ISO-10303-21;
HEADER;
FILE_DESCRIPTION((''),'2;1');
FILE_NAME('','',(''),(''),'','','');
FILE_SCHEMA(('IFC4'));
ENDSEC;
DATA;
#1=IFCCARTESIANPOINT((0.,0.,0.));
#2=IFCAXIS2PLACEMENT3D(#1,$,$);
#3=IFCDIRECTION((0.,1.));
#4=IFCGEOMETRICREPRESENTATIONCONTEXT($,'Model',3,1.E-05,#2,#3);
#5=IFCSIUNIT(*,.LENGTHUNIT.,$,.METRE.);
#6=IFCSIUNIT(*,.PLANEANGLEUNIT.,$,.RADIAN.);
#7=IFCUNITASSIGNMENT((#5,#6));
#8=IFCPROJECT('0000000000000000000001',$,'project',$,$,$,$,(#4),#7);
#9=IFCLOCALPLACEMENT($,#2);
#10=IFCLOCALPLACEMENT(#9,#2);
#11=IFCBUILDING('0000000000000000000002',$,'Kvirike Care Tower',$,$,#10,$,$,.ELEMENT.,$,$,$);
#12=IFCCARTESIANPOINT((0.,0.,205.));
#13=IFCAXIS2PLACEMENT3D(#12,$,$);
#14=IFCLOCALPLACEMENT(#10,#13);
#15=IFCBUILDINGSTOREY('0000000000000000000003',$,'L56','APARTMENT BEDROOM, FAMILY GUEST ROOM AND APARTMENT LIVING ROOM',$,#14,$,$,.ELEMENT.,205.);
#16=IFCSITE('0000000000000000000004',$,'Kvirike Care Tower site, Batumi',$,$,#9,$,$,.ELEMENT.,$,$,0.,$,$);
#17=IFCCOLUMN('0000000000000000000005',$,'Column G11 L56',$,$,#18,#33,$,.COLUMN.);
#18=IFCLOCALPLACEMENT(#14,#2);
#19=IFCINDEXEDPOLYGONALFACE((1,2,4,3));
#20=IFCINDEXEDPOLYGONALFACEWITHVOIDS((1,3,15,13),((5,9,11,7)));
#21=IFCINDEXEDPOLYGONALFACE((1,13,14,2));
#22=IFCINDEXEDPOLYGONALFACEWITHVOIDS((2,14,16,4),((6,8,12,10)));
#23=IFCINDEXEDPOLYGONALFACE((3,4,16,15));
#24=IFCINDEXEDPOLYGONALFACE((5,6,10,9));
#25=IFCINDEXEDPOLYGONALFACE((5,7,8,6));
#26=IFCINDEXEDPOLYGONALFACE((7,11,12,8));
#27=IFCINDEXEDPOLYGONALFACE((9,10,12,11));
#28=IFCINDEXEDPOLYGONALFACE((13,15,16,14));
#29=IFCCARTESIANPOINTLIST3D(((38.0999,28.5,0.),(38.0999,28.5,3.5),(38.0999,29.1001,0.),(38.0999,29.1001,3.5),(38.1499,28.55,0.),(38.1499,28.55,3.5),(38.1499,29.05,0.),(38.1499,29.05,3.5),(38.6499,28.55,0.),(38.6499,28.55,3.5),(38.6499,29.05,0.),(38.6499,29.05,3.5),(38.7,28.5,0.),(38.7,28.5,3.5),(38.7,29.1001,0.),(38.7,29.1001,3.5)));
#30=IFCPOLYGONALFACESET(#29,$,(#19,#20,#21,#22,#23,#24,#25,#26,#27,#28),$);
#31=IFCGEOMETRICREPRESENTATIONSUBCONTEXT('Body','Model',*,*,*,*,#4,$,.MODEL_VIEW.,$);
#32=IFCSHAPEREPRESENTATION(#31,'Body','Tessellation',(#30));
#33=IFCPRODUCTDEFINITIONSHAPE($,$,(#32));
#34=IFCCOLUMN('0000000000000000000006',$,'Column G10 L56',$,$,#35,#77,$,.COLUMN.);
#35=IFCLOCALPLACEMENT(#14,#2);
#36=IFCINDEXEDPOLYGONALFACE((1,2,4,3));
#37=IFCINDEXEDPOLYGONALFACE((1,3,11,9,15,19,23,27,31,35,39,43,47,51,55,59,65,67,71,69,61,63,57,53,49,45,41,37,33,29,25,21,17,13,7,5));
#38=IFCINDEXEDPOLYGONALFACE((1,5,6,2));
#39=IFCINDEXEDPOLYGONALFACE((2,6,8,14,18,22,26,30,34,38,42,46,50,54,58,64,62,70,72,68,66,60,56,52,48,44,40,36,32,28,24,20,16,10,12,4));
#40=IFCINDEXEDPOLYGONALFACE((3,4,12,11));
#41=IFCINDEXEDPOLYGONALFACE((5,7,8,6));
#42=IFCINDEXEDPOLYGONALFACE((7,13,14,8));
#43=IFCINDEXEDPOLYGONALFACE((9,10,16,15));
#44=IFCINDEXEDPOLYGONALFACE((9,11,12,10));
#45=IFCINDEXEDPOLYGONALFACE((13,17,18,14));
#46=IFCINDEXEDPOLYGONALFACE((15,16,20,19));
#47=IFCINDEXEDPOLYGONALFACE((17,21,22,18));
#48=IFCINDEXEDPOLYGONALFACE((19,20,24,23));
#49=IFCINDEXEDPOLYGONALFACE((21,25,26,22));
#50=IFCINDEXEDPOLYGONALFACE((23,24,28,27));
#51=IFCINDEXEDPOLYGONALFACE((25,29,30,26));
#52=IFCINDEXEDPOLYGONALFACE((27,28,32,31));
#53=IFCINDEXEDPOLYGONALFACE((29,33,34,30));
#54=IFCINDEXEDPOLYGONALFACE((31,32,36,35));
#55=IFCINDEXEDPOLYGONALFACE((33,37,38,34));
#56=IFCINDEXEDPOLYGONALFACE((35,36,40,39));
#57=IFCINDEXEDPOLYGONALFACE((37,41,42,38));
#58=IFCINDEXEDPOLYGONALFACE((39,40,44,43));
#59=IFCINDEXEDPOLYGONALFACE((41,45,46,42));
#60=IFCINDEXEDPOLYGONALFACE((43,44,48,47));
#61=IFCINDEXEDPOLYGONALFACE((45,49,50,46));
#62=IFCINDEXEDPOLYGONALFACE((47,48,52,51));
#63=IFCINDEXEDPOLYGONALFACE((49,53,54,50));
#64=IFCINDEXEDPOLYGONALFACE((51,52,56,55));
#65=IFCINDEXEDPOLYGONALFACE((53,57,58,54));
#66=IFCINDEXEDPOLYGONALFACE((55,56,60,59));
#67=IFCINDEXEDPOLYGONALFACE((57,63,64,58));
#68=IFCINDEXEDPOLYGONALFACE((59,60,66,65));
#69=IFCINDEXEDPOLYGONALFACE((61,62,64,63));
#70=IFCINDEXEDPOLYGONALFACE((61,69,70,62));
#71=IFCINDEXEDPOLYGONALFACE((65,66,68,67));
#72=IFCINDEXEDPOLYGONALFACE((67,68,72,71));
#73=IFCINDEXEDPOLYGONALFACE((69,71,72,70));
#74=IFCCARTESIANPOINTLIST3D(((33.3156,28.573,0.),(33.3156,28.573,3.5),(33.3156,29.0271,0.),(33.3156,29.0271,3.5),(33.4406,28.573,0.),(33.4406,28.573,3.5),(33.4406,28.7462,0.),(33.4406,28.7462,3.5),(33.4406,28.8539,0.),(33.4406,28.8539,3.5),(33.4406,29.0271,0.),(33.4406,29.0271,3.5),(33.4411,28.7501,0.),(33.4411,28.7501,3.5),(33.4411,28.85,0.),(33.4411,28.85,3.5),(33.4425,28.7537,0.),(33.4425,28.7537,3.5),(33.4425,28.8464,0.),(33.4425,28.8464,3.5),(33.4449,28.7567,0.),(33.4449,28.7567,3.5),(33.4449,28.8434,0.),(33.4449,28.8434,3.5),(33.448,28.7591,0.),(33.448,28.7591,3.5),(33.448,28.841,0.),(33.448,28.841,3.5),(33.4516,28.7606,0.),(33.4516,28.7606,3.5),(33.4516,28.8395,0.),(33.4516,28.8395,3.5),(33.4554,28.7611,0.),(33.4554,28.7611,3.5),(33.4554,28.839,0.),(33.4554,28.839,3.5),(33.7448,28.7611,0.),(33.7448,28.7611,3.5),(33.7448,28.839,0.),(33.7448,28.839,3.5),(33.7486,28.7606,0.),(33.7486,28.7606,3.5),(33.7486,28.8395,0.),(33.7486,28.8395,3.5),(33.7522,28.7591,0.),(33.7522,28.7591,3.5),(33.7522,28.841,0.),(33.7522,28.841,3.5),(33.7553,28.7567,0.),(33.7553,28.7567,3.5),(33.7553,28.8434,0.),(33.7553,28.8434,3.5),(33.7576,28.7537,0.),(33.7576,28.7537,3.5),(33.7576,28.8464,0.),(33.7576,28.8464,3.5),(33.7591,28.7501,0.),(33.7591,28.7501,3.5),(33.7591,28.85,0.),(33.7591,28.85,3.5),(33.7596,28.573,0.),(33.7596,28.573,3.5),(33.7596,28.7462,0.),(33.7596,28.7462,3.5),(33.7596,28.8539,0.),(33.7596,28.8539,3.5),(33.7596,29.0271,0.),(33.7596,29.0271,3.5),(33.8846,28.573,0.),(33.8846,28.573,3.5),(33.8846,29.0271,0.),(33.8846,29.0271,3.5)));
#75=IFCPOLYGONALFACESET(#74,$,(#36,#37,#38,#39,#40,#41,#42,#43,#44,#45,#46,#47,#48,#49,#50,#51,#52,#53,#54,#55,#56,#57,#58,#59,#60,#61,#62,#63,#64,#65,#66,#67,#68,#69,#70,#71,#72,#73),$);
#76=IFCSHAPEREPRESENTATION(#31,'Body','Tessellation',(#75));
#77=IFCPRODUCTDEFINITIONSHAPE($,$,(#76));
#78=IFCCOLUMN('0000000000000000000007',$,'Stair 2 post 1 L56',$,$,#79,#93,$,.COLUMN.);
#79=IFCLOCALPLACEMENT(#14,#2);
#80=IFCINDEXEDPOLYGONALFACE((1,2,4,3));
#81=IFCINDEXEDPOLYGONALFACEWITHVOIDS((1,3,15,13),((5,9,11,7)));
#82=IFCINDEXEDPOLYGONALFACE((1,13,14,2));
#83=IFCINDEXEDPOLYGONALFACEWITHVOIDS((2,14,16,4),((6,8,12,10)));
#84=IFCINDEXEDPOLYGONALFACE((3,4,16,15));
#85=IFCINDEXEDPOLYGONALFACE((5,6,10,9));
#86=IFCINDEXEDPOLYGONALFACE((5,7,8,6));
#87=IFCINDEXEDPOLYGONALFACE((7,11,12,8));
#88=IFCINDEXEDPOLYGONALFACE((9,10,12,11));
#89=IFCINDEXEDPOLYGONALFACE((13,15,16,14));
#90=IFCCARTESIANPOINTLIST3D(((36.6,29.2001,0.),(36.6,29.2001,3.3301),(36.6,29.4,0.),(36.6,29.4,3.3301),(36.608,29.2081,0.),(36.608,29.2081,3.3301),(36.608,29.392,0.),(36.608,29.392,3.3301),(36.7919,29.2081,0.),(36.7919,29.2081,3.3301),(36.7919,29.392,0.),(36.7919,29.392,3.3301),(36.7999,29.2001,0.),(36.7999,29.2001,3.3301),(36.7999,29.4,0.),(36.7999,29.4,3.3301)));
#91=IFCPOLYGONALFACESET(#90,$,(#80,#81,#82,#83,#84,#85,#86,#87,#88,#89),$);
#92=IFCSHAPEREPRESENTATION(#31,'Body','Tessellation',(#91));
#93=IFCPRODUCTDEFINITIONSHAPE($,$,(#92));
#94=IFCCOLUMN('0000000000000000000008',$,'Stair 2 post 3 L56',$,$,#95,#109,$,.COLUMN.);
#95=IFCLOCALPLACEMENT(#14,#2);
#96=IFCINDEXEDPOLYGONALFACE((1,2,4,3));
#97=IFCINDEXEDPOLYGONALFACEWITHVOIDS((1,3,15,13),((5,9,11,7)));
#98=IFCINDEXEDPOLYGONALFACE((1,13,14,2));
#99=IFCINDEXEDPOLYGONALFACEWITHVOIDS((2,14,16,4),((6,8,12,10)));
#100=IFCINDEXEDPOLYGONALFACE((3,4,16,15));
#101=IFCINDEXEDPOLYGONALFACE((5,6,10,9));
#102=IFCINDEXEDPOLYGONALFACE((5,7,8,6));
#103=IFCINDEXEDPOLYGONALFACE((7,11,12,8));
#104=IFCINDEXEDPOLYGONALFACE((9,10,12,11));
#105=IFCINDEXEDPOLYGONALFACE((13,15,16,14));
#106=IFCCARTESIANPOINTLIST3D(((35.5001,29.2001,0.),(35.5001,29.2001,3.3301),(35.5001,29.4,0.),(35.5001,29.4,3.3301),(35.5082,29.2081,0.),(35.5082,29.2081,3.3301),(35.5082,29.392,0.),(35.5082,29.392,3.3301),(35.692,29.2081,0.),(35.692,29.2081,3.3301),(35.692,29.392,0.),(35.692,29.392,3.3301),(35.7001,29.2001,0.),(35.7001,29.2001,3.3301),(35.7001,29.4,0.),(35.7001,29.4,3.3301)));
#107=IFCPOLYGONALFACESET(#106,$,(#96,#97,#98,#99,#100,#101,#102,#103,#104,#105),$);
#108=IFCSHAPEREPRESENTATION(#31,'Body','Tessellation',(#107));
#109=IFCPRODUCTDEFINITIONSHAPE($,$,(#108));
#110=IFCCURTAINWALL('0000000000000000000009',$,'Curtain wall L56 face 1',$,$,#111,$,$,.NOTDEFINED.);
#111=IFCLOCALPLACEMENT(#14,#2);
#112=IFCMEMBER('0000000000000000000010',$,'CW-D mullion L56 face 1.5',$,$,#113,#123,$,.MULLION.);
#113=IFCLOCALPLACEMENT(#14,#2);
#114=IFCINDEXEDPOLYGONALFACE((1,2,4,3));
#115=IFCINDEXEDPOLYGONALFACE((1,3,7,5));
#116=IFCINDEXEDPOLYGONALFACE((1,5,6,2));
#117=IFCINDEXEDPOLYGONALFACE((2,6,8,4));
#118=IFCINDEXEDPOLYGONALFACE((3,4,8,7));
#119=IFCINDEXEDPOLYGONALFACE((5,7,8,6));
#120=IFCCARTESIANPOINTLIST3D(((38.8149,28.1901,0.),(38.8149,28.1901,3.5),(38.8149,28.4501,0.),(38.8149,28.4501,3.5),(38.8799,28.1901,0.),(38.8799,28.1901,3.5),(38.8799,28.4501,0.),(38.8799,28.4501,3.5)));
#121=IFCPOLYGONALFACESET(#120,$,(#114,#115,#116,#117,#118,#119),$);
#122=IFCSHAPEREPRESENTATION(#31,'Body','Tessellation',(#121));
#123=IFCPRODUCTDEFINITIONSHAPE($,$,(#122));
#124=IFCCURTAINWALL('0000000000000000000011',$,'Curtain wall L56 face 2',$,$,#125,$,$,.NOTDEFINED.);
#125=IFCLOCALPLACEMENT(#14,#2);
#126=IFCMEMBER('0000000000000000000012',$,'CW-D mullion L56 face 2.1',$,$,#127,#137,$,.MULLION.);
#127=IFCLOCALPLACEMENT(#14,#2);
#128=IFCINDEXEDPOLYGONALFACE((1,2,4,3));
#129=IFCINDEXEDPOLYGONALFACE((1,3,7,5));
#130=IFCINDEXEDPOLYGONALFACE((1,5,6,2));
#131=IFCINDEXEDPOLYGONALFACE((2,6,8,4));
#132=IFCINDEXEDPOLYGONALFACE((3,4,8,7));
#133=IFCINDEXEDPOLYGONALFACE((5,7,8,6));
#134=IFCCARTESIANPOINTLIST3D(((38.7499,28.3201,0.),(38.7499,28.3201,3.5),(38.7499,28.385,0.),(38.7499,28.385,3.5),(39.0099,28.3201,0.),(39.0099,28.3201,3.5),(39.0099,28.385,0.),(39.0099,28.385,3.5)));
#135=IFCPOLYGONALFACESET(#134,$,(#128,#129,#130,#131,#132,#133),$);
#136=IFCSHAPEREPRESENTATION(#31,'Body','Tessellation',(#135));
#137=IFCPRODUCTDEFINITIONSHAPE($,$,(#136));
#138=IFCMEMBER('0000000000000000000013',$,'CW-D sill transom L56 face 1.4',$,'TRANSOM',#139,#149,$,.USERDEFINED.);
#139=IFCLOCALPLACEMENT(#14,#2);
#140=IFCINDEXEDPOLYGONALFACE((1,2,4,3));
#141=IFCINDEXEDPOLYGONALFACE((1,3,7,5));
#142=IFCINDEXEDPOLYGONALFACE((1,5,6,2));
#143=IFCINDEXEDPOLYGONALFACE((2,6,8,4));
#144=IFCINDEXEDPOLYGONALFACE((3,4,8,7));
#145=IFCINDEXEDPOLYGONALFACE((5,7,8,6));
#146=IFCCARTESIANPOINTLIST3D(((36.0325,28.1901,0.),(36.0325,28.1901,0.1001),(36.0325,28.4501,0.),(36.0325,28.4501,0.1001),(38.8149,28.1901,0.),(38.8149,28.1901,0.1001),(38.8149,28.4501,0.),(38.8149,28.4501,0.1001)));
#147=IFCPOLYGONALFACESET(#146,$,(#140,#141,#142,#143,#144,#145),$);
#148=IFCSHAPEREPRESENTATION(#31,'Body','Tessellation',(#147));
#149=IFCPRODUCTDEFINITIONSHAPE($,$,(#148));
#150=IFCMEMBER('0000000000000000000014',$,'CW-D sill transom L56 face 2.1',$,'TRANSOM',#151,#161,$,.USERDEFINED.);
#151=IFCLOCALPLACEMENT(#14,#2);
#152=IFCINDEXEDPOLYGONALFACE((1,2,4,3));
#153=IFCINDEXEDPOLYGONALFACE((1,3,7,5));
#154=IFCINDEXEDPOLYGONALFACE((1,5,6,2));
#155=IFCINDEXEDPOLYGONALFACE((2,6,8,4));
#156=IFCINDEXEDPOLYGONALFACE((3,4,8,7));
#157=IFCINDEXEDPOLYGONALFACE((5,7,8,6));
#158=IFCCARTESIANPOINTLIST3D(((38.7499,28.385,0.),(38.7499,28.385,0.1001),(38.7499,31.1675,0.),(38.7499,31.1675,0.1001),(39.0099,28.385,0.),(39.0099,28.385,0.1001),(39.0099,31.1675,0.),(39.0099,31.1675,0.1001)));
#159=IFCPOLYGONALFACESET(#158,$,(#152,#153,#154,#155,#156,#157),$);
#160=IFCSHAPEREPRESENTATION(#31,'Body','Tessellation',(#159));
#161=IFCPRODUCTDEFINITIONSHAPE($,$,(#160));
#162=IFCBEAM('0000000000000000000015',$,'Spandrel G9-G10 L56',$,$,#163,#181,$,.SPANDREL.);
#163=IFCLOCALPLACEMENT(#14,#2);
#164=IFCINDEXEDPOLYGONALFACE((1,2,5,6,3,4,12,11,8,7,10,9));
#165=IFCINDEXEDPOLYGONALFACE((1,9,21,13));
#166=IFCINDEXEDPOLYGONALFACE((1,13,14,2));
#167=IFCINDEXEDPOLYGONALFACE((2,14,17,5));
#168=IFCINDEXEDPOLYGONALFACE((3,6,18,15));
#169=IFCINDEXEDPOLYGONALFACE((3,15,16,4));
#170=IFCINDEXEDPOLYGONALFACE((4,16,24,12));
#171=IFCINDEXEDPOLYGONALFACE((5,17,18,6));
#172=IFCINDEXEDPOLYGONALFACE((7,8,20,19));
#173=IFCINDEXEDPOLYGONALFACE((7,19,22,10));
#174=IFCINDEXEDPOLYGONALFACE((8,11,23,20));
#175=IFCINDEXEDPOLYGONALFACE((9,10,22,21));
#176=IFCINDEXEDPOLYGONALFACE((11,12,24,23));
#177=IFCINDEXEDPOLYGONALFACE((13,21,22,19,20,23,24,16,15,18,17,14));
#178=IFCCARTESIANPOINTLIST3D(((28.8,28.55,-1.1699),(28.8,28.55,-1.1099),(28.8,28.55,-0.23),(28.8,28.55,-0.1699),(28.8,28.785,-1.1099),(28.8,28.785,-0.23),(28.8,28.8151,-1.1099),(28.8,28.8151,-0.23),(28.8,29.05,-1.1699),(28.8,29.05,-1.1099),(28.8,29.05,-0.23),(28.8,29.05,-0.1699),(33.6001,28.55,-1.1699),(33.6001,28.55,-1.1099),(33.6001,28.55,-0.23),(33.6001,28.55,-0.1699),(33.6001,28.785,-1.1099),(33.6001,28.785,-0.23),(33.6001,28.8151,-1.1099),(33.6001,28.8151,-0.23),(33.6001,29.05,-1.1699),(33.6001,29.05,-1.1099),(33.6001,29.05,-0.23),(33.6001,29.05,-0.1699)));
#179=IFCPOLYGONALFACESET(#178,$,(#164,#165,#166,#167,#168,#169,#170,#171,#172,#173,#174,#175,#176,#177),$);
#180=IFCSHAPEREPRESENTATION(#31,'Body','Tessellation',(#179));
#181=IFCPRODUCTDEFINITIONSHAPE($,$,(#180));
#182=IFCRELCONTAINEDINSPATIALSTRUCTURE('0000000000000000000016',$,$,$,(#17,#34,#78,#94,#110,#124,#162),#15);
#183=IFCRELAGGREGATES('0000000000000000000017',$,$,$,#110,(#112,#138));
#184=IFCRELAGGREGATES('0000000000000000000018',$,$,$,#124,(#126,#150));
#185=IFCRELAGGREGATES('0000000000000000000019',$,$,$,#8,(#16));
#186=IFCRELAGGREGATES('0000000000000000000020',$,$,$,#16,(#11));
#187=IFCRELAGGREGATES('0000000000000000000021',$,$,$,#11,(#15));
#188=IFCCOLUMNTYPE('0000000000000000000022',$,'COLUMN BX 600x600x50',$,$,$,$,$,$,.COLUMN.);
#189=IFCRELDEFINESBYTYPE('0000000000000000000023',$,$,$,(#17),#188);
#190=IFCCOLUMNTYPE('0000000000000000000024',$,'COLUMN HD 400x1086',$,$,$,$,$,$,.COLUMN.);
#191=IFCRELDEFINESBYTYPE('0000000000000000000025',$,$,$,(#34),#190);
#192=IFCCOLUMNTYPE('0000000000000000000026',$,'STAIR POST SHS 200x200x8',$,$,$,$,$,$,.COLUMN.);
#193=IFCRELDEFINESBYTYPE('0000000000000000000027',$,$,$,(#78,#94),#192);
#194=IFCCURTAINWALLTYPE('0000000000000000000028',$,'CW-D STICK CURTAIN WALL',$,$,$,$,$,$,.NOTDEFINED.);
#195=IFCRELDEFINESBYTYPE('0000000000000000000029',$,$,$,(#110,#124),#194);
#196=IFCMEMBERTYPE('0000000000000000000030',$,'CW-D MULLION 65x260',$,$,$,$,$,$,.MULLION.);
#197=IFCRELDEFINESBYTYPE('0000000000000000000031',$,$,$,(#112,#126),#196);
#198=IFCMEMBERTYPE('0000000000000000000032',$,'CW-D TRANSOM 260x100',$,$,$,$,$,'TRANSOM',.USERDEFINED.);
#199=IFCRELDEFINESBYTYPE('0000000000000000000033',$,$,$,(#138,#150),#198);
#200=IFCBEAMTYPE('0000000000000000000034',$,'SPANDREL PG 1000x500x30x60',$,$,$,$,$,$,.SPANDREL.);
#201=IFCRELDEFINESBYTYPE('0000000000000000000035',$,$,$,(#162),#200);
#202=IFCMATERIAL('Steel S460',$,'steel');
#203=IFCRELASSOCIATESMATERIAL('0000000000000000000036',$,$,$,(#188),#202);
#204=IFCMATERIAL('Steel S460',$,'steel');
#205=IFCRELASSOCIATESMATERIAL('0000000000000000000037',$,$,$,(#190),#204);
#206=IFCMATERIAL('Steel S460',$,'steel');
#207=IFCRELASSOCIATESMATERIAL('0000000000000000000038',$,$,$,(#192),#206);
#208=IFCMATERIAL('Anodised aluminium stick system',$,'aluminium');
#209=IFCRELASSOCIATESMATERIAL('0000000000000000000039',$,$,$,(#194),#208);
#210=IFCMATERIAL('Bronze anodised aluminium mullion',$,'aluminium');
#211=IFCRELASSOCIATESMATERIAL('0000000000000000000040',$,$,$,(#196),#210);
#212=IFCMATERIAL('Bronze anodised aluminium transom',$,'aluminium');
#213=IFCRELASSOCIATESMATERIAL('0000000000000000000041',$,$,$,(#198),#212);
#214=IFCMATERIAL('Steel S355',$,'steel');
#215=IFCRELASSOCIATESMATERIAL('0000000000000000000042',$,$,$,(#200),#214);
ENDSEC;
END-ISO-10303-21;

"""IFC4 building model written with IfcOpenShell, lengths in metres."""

from ifc_helpers import new_model, si_unit, direction, frame, origin, origin_2d, place, context, subcontext, project, spatial, rectangle, hollow_rectangle, i_section, extrude, material, material_profile, profile_set, type_object, element, aggregate, save


model = new_model("IFC4")

# Units and contexts
model_context = context("Model", 3, precision=1e-05, world=origin(), true_north=direction((0.0, 1.0)))
body_context = subcontext(model_context, "Body", "Model", "MODEL_VIEW")
ifc_project = project(units=[si_unit("LENGTHUNIT", "METRE"), si_unit("PLANEANGLEUNIT", "RADIAN")], contexts=[model_context])

# Site, building, storey
site_placement = place(None, origin())
site = spatial("IfcSite", under=ifc_project, at=site_placement, Name="Kvirike Care Tower site, Batumi", CompositionType="ELEMENT", RefElevation=0.0)
building_placement = place(site_placement, origin())
building = spatial("IfcBuilding", under=site, at=building_placement, Name="Kvirike Care Tower", CompositionType="ELEMENT")
storey_placement = place(building_placement, frame((0.0, 0.0, 205.0)))
storey = spatial("IfcBuildingStorey", under=building, at=storey_placement, Name="L56", Description="APARTMENT BEDROOM, FAMILY GUEST ROOM AND APARTMENT LIVING ROOM", CompositionType="ELEMENT", Elevation=205.0)

# Columns
ifc_material_1 = material(Name="Steel S460", Category="steel")
ifc_material_profile_1 = material_profile(ifc_material_1, hollow_rectangle(XDim=0.6001, YDim=0.6001, WallThickness=0.05, at=origin_2d()), Name="BX 600x600x50")
ifc_profile_set_1 = profile_set([ifc_material_profile_1], Name="Steel S460")
column_type_1 = type_object("IfcColumnType", Name="COLUMN BX 600x600x50", PredefinedType="COLUMN", material=ifc_profile_set_1)
column_1_placement = place(storey_placement, frame((38.3999, 28.8, 0.0), z_axis=(0.0, 0.0, 1.0), x_axis=(0.0, 1.0, 0.0)))
element("IfcColumn", 1, at=column_1_placement, inside=storey, type_object=column_type_1, Name="Column G11 L56", PredefinedType="COLUMN", context=body_context, shape_type="SweptSolid", body=[
    extrude(hollow_rectangle(XDim=0.6001, YDim=0.6001, WallThickness=0.05, at=origin_2d()), origin(), (0.0, 0.0, 1.0), 3.5),
])
ifc_material_2 = material(Name="Steel S460", Category="steel")
ifc_material_profile_2 = material_profile(ifc_material_2, i_section(OverallWidth=0.4541, OverallDepth=0.5691, WebThickness=0.0779, FlangeThickness=0.125, FilletRadius=0.0149, at=origin_2d()), Name="HD 400x1086")
ifc_profile_set_2 = profile_set([ifc_material_profile_2], Name="Steel S460")
column_type_2 = type_object("IfcColumnType", Name="COLUMN HD 400x1086", PredefinedType="COLUMN", material=ifc_profile_set_2)
column_2_placement = place(storey_placement, frame((33.6001, 28.8, 0.0), z_axis=(0.0, 0.0, 1.0), x_axis=(0.0, 1.0, 0.0)))
element("IfcColumn", 2, at=column_2_placement, inside=storey, type_object=column_type_2, Name="Column G10 L56", PredefinedType="COLUMN", context=body_context, shape_type="SweptSolid", body=[
    extrude(i_section(OverallWidth=0.4541, OverallDepth=0.5691, WebThickness=0.0779, FlangeThickness=0.125, FilletRadius=0.0149, at=origin_2d()), origin(), (0.0, 0.0, 1.0), 3.5),
])
ifc_material_3 = material(Name="Steel S460", Category="steel")
ifc_material_profile_3 = material_profile(ifc_material_3, hollow_rectangle(XDim=0.2, YDim=0.2, WallThickness=0.0081, at=origin_2d()), Name="SHS 200x200x8")
ifc_profile_set_3 = profile_set([ifc_material_profile_3], Name="Steel S460")
column_type_3 = type_object("IfcColumnType", Name="STAIR POST SHS 200x200x8", PredefinedType="COLUMN", material=ifc_profile_set_3)
for number, where, z_axis, x_axis, name in (
    (3, (36.7, 29.3, 0.0), (0.0, 0.0, 1.0), (1.0, 0.0, 0.0), "Stair 2 post 1 L56"),
    (4, (35.6001, 29.3, 0.0), (0.0, 0.0, 1.0), (1.0, 0.0, 0.0), "Stair 2 post 3 L56"),
):
    element("IfcColumn", number, at=place(storey_placement, frame(where, z_axis=z_axis, x_axis=x_axis)), inside=storey, type_object=column_type_3, Name=name, PredefinedType="COLUMN", context=body_context, shape_type="SweptSolid", body=[
        extrude(hollow_rectangle(XDim=0.2, YDim=0.2, WallThickness=0.0081, at=origin_2d()), origin(), (0.0, 0.0, 1.0), 3.3301),
    ])

# Curtain walls, members
ifc_material_4 = material(Name="Anodised aluminium stick system", Category="aluminium")
curtain_wall_type = type_object("IfcCurtainWallType", Name="CW-D STICK CURTAIN WALL", PredefinedType="NOTDEFINED", material=ifc_material_4)
curtain_wall_1_placement = place(storey_placement, origin())
curtain_wall_1 = element("IfcCurtainWall", 5, at=curtain_wall_1_placement, inside=storey, type_object=curtain_wall_type, Name="Curtain wall L56 face 1", PredefinedType="NOTDEFINED")
ifc_material_5 = material(Name="Bronze anodised aluminium mullion", Category="aluminium")
ifc_material_profile_4 = material_profile(ifc_material_5, rectangle(XDim=0.0649, YDim=0.26, at=origin_2d()), Name="CW-D MULLION 65x260")
ifc_profile_set_4 = profile_set([ifc_material_profile_4], Name="Bronze anodised aluminium mullion")
member_type_1 = type_object("IfcMemberType", Name="CW-D MULLION 65x260", PredefinedType="MULLION", material=ifc_profile_set_4)
member_1_placement = place(storey_placement, frame((38.8474, 28.3201, 0.0), z_axis=(0.0, 0.0, 1.0), x_axis=(1.0, 0.0, 0.0)))
member_1 = element("IfcMember", 6, at=member_1_placement, type_object=member_type_1, Name="CW-D mullion L56 face 1.5", PredefinedType="MULLION", context=body_context, shape_type="SweptSolid", body=[
    extrude(rectangle(XDim=0.0649, YDim=0.26, at=origin_2d()), origin(), (0.0, 0.0, 1.0), 3.5),
])
curtain_wall_2_placement = place(storey_placement, origin())
curtain_wall_2 = element("IfcCurtainWall", 7, at=curtain_wall_2_placement, inside=storey, type_object=curtain_wall_type, Name="Curtain wall L56 face 2", PredefinedType="NOTDEFINED")
member_2_placement = place(storey_placement, frame((38.8799, 28.3525, 0.0), z_axis=(0.0, 0.0, 1.0), x_axis=(0.0, 1.0, 0.0)))
member_2 = element("IfcMember", 8, at=member_2_placement, type_object=member_type_1, Name="CW-D mullion L56 face 2.1", PredefinedType="MULLION", context=body_context, shape_type="SweptSolid", body=[
    extrude(rectangle(XDim=0.0649, YDim=0.26, at=origin_2d()), origin(), (0.0, 0.0, 1.0), 3.5),
])

# Members
ifc_material_6 = material(Name="Bronze anodised aluminium transom", Category="aluminium")
ifc_material_profile_5 = material_profile(ifc_material_6, rectangle(XDim=0.26, YDim=0.1001, at=origin_2d()), Name="CW-D TRANSOM 260x100")
ifc_profile_set_5 = profile_set([ifc_material_profile_5], Name="Bronze anodised aluminium transom")
member_type_2 = type_object("IfcMemberType", Name="CW-D TRANSOM 260x100", ElementType="TRANSOM", PredefinedType="USERDEFINED", material=ifc_profile_set_5)
member_3_placement = place(storey_placement, frame((36.0325, 28.3201, 0.05), z_axis=(1.0, 0.0, 0.0), x_axis=(0.0, 1.0, 0.0)))
member_3 = element("IfcMember", 9, at=member_3_placement, type_object=member_type_2, Name="CW-D sill transom L56 face 1.4", ObjectType="TRANSOM", PredefinedType="USERDEFINED", context=body_context, shape_type="SweptSolid", body=[
    extrude(rectangle(XDim=0.26, YDim=0.1001, at=origin_2d()), origin(), (0.0, 0.0, 1.0), 2.7825),
])
member_4_placement = place(storey_placement, frame((38.8799, 28.385, 0.05), z_axis=(0.0, 1.0, 0.0), x_axis=(-1.0, 0.0, 0.0)))
member_4 = element("IfcMember", 10, at=member_4_placement, type_object=member_type_2, Name="CW-D sill transom L56 face 2.1", ObjectType="TRANSOM", PredefinedType="USERDEFINED", context=body_context, shape_type="SweptSolid", body=[
    extrude(rectangle(XDim=0.26, YDim=0.1001, at=origin_2d()), origin(), (0.0, 0.0, 1.0), 2.7825),
])

# Beam
ifc_material_7 = material(Name="Steel S355", Category="steel")
ifc_material_profile_6 = material_profile(ifc_material_7, i_section(OverallWidth=0.5, OverallDepth=1.0, WebThickness=0.03, FlangeThickness=0.0601, at=origin_2d()), Name="PG 1000x500x30x60")
ifc_profile_set_6 = profile_set([ifc_material_profile_6], Name="Steel S355")
beam_type_1 = type_object("IfcBeamType", Name="SPANDREL PG 1000x500x30x60", PredefinedType="SPANDREL", material=ifc_profile_set_6)
beam_1_placement = place(storey_placement, frame((28.8, 28.8, -0.6699), z_axis=(1.0, 0.0, 0.0), x_axis=(0.0, 1.0, 0.0)))
element("IfcBeam", 11, at=beam_1_placement, inside=storey, type_object=beam_type_1, Name="Spandrel G9-G10 L56", PredefinedType="SPANDREL", context=body_context, shape_type="SweptSolid", body=[
    extrude(i_section(OverallWidth=0.5, OverallDepth=1.0, WebThickness=0.03, FlangeThickness=0.0601, at=origin_2d()), origin(), (0.0, 0.0, 1.0), 4.8),
])

aggregate(curtain_wall_1, [member_1, member_3])
aggregate(curtain_wall_2, [member_2, member_4])

save(model, "model.ifc")
